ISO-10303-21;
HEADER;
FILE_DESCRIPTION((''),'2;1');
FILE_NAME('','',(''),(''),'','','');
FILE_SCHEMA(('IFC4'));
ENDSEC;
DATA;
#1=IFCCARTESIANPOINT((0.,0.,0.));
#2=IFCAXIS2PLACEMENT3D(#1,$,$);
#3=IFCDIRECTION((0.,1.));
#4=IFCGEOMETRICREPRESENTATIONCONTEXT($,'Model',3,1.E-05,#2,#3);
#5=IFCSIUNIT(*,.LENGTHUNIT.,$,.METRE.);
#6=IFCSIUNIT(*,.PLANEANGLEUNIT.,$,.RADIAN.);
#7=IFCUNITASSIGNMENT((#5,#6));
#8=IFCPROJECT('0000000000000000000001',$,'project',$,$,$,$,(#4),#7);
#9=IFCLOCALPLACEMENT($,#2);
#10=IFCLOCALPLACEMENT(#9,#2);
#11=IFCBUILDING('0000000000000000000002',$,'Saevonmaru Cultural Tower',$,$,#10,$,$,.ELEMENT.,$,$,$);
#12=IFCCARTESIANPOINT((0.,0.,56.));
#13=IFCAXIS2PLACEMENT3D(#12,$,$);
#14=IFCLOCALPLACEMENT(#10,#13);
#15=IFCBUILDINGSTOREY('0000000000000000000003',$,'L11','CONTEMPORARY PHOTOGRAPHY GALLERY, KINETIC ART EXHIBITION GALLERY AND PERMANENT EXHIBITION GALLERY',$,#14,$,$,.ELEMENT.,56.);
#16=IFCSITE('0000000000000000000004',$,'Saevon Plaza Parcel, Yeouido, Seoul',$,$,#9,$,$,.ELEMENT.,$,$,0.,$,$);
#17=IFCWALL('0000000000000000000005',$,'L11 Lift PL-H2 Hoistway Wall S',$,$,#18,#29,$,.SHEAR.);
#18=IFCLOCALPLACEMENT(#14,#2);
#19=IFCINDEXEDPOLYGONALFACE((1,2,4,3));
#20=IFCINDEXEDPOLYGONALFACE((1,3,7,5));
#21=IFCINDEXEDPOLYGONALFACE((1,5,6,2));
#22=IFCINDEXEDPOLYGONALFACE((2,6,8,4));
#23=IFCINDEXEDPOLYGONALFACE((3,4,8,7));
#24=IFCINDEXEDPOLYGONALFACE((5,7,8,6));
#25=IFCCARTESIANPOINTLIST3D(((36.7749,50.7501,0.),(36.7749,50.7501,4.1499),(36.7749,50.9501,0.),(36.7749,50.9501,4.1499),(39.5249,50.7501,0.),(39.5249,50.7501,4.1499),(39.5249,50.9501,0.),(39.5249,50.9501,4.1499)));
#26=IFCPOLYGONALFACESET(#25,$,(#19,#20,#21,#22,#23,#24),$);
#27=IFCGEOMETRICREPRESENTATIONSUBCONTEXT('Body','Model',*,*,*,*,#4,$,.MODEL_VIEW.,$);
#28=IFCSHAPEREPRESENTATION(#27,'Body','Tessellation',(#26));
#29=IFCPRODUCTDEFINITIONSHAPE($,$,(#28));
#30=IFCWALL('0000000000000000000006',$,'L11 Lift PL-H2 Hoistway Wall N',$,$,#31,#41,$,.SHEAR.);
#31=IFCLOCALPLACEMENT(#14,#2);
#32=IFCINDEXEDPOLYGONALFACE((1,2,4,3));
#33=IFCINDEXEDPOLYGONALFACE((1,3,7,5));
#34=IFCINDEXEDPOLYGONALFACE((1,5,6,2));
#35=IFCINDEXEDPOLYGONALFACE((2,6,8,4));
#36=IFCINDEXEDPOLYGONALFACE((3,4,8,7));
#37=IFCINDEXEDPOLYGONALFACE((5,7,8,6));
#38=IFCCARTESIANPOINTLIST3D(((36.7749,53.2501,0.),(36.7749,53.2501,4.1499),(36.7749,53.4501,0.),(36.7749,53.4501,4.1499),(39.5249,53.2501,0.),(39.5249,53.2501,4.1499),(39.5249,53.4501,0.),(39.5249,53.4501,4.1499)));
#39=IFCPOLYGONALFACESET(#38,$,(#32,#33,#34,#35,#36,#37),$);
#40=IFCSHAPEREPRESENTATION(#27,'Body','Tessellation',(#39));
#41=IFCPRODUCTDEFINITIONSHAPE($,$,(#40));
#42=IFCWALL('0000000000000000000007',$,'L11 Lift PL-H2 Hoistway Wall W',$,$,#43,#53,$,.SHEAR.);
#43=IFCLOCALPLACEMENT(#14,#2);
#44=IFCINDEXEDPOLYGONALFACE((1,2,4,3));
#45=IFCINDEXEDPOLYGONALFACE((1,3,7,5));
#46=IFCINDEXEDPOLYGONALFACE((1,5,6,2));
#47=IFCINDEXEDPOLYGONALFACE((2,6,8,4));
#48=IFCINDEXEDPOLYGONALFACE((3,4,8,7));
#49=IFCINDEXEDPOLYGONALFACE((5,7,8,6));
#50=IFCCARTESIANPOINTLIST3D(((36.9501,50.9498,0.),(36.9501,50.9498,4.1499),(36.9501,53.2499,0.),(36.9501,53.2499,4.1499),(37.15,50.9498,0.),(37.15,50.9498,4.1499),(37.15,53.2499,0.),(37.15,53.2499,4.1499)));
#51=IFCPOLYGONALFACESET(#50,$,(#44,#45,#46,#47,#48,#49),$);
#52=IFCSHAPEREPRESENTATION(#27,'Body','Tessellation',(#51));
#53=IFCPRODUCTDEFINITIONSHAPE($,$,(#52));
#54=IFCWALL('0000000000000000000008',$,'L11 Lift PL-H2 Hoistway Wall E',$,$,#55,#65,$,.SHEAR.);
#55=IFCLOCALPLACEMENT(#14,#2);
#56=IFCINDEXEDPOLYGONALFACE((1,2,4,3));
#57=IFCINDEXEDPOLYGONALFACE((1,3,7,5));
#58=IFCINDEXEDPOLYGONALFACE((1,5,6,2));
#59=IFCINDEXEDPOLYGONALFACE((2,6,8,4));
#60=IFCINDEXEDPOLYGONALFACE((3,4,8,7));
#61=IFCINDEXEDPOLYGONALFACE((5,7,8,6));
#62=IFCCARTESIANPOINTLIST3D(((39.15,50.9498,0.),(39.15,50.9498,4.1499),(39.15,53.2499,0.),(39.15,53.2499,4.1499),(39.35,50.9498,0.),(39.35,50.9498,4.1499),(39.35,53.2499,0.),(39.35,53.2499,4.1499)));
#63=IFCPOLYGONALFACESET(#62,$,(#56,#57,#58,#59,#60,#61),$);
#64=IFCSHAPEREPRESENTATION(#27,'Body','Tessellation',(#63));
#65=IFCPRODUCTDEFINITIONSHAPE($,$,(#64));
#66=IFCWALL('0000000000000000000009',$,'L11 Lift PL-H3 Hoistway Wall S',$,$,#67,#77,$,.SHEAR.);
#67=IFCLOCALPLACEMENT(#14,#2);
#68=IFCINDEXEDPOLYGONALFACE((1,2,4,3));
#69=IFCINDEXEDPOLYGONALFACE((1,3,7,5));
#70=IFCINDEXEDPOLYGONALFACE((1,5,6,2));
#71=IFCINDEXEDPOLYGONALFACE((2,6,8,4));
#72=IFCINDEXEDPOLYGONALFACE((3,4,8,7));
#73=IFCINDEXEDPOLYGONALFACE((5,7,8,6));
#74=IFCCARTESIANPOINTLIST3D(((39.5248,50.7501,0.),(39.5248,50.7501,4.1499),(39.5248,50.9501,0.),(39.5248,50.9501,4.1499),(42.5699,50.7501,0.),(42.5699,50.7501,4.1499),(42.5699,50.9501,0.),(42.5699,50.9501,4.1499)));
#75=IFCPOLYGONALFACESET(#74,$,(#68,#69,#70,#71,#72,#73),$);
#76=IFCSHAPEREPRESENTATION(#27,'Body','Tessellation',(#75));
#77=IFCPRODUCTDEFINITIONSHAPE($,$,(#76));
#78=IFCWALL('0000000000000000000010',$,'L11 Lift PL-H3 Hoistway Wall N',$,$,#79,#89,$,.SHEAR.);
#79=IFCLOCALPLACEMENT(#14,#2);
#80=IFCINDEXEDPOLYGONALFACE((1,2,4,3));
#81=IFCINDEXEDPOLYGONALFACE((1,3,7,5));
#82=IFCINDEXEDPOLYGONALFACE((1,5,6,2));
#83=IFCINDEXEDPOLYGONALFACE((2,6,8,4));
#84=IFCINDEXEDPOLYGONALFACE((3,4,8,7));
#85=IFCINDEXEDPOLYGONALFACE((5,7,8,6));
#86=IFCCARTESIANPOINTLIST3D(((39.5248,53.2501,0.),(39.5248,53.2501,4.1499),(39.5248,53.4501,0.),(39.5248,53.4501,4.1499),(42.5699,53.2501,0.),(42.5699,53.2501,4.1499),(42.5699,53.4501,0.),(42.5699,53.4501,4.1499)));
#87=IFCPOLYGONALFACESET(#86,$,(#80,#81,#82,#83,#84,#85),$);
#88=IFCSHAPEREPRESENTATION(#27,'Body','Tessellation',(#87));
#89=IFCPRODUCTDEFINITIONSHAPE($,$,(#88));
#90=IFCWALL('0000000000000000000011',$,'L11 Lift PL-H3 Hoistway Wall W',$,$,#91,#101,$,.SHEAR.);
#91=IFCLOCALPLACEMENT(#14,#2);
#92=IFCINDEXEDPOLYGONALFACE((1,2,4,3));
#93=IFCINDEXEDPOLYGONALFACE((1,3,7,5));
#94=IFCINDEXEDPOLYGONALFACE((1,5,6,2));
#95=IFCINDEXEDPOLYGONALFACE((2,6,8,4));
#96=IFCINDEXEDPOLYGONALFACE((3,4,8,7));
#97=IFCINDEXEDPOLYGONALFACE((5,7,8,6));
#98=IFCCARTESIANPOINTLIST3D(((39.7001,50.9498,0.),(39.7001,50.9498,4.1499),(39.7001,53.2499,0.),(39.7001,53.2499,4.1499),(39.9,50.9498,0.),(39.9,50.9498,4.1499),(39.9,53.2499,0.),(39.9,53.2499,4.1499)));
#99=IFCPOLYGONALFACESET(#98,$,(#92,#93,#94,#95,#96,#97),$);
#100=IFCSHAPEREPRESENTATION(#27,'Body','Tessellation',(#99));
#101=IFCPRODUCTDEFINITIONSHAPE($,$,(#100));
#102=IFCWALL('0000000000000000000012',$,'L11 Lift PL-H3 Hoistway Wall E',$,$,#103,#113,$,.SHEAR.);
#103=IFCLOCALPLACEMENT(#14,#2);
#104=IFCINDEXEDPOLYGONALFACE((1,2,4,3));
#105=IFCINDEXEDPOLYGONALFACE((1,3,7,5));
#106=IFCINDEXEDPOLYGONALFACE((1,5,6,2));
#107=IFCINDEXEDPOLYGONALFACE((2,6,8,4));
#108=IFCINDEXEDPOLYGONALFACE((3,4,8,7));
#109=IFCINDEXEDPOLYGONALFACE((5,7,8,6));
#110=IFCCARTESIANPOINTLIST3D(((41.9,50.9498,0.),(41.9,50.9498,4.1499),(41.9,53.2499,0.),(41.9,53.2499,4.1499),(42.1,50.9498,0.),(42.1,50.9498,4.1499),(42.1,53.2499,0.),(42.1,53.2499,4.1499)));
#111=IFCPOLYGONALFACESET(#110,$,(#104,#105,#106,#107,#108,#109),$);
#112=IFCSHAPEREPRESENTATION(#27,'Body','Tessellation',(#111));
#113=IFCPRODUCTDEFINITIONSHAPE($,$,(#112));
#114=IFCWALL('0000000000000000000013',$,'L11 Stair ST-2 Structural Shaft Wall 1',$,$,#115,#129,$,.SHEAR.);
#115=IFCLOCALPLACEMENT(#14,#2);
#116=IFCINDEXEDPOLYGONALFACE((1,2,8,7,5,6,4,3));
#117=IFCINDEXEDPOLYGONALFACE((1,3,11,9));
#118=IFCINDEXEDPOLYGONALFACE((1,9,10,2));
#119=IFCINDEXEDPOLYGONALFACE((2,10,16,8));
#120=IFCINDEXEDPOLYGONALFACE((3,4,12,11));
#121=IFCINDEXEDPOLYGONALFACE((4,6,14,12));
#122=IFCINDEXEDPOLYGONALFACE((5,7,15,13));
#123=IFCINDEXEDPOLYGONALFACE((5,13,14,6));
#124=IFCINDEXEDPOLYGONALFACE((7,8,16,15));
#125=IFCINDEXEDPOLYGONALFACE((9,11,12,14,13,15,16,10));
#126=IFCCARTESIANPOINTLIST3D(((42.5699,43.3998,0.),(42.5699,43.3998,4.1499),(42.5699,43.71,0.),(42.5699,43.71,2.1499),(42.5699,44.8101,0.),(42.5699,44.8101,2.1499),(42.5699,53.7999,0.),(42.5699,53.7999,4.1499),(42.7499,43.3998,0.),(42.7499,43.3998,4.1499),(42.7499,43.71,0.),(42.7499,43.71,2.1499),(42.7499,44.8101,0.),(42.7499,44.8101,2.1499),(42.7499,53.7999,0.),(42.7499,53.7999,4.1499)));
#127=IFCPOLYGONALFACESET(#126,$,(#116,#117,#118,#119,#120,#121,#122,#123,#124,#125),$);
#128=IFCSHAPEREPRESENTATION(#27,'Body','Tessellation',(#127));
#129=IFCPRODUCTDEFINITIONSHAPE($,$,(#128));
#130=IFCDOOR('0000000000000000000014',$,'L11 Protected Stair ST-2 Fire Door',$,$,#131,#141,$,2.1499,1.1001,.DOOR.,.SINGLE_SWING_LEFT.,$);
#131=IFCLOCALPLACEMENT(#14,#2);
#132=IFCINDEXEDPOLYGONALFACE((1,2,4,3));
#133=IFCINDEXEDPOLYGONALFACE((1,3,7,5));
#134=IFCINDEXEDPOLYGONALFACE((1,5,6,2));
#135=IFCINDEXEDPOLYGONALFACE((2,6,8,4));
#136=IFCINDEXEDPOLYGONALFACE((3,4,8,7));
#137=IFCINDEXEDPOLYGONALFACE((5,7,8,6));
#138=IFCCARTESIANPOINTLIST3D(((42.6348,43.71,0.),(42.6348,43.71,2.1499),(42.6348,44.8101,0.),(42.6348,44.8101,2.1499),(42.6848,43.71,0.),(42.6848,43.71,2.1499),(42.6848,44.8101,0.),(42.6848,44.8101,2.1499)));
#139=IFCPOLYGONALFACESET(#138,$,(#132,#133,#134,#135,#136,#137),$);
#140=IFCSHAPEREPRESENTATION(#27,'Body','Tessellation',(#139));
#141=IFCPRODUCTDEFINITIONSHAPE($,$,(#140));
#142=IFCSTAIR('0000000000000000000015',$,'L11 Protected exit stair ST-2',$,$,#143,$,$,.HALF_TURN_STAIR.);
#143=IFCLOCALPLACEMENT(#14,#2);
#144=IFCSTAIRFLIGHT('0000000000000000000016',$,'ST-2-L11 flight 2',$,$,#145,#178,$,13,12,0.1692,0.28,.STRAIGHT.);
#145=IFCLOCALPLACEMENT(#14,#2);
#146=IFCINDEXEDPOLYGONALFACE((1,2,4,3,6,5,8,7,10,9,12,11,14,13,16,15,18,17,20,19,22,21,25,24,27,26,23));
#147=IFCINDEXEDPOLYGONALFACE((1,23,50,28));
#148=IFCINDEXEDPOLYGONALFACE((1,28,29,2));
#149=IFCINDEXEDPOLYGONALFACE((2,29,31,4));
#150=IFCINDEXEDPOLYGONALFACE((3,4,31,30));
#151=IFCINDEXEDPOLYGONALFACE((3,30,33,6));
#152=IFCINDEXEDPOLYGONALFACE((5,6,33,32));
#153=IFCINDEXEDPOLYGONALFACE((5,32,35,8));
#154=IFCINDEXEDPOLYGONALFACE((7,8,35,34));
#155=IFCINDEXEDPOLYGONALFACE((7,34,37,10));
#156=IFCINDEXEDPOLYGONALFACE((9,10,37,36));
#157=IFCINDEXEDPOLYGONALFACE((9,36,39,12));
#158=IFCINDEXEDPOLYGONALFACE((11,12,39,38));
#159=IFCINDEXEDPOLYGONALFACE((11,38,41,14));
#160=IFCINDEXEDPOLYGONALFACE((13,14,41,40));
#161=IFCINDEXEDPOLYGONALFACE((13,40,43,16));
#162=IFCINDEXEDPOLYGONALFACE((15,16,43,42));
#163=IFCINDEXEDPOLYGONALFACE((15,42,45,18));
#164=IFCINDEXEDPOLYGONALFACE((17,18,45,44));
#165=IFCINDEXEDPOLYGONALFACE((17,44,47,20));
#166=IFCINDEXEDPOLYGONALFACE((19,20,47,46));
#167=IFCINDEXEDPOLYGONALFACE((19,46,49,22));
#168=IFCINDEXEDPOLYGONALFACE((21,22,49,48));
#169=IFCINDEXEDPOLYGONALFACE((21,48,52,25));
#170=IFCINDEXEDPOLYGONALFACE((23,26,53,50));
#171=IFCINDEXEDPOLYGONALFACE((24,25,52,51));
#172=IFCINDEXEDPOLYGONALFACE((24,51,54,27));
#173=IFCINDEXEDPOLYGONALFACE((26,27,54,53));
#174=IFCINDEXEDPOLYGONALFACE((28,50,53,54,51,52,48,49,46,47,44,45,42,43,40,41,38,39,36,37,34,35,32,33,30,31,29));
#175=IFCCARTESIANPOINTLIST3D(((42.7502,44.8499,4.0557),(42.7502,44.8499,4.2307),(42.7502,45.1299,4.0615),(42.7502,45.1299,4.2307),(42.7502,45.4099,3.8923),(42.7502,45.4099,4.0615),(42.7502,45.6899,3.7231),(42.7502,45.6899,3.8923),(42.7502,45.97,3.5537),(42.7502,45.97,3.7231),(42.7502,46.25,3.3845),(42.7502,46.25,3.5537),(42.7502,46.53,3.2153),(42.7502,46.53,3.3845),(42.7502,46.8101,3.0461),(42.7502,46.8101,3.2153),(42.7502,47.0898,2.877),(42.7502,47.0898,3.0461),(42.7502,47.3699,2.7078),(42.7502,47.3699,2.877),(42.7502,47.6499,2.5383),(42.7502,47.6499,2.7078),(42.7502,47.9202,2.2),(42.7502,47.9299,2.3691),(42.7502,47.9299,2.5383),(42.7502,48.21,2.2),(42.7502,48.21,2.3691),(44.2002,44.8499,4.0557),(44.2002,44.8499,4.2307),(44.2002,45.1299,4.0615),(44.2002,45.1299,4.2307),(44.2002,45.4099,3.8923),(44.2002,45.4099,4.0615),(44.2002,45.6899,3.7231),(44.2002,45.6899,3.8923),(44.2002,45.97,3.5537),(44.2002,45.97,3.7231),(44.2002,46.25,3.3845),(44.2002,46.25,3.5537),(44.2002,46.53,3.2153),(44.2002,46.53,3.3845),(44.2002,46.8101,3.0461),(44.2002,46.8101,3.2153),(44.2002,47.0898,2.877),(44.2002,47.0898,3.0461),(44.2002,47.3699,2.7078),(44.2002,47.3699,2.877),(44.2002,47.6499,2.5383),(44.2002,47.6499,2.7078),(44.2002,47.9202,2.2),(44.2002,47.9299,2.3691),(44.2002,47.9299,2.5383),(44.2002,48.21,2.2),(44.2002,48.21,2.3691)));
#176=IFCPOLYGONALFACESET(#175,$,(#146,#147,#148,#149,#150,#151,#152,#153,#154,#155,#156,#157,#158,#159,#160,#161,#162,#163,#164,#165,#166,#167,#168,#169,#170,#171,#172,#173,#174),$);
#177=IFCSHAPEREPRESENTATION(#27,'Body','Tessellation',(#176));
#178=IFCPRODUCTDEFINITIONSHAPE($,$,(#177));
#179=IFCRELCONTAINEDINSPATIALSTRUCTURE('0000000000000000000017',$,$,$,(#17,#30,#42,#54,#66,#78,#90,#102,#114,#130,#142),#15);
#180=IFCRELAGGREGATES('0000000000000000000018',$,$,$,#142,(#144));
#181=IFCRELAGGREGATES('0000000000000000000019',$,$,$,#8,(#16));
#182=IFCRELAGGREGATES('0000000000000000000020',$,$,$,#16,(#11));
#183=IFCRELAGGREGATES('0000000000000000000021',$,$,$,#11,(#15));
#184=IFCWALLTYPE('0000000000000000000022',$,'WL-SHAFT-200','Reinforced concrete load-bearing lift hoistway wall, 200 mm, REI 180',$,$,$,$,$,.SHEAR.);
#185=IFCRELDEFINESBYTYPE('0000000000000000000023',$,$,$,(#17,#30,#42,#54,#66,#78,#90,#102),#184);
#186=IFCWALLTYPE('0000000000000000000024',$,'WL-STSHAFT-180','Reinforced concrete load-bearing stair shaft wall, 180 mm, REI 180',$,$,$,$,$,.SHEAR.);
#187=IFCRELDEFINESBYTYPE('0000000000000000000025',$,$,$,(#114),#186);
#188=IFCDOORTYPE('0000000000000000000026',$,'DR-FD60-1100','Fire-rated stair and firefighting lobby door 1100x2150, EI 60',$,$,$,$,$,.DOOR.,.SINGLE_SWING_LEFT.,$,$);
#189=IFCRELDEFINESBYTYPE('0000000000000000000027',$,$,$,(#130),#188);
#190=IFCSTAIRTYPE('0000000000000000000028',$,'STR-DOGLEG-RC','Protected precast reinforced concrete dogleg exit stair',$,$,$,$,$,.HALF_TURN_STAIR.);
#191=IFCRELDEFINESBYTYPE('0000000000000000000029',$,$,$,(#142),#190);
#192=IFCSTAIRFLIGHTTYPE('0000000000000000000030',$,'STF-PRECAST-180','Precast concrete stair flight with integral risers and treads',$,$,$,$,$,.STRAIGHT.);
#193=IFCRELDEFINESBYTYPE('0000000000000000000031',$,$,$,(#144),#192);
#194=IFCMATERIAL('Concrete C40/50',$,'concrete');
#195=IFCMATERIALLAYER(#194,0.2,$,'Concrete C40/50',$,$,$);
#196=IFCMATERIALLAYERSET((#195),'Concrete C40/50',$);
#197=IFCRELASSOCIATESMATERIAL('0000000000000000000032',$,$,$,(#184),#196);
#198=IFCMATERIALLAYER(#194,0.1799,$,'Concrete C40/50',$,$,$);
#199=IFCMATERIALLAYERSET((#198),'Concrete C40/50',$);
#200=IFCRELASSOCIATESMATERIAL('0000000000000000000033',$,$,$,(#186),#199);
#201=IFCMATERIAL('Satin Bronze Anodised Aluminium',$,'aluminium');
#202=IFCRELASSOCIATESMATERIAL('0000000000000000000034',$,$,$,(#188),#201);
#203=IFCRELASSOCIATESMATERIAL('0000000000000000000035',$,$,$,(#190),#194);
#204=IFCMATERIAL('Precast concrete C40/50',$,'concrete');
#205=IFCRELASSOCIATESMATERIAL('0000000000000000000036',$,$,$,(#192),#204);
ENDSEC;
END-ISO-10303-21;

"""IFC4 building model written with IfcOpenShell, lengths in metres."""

from ifc_helpers import new_model, si_unit, direction, frame, frame_2d, origin, place, context, subcontext, project, spatial, polyline, rectangle, outline, extrude, material, layer, layer_set, type_object, element, fill, aggregate, save


model = new_model("IFC4")

# Units and contexts
model_context = context("Model", 3, precision=1e-05, world=origin(), true_north=direction((0.0, 1.0)))
body_context = subcontext(model_context, "Body", "Model", "MODEL_VIEW")
ifc_project = project(units=[si_unit("LENGTHUNIT", "METRE"), si_unit("PLANEANGLEUNIT", "RADIAN")], contexts=[model_context])

# Site, building, storey
site_placement = place(None, origin())
site = spatial("IfcSite", under=ifc_project, at=site_placement, Name="Saevon Plaza Parcel, Yeouido, Seoul", CompositionType="ELEMENT", RefElevation=0.0)
building_placement = place(site_placement, origin())
building = spatial("IfcBuilding", under=site, at=building_placement, Name="Saevonmaru Cultural Tower", CompositionType="ELEMENT")
storey_placement = place(building_placement, frame((0.0, 0.0, 56.0)))
storey = spatial("IfcBuildingStorey", under=building, at=storey_placement, Name="L11", Description="CONTEMPORARY PHOTOGRAPHY GALLERY, KINETIC ART EXHIBITION GALLERY AND PERMANENT EXHIBITION GALLERY", CompositionType="ELEMENT", Elevation=56.0)

# Shared definitions
ifc_material_1 = material(Name="Satin Bronze Anodised Aluminium", Category="aluminium")

# Shared definitions
ifc_material_2 = material(Name="Concrete C40/50", Category="concrete")
ifc_layer_1 = layer(ifc_material_2, 0.2, Name="Concrete C40/50")
ifc_layer_set_1 = layer_set([ifc_layer_1], Name="Concrete C40/50")
wall_type_1 = type_object("IfcWallType", Name="WL-SHAFT-200", Description="Reinforced concrete load-bearing lift hoistway wall, 200 mm, REI 180", PredefinedType="SHEAR", material=ifc_layer_set_1)

# Walls
for number, where, z_axis, x_axis, name in (
    (1, (36.7749, 50.8501, 0.0), (0.0, 0.0, 1.0), (1.0, 0.0, 0.0), "L11 Lift PL-H2 Hoistway Wall S"),
    (2, (36.7749, 53.3501, 0.0), (0.0, 0.0, 1.0), (1.0, 0.0, 0.0), "L11 Lift PL-H2 Hoistway Wall N"),
):
    element("IfcWall", number, at=place(storey_placement, frame(where, z_axis=z_axis, x_axis=x_axis)), inside=storey, type_object=wall_type_1, Name=name, PredefinedType="SHEAR", context=body_context, shape_type="SweptSolid", body=[
        extrude(rectangle(XDim=2.75, YDim=0.2, at=frame_2d((1.375, 0.0))), origin(), (0.0, 0.0, 1.0), 4.1499),
    ])
for number, where, z_axis, x_axis, name in (
    (3, (37.05, 50.95, 0.0), (0.0, 0.0, 1.0), (0.0, 1.0, 0.0), "L11 Lift PL-H2 Hoistway Wall W"),
    (4, (39.25, 50.95, 0.0), (0.0, 0.0, 1.0), (0.0, 1.0, 0.0), "L11 Lift PL-H2 Hoistway Wall E"),
):
    element("IfcWall", number, at=place(storey_placement, frame(where, z_axis=z_axis, x_axis=x_axis)), inside=storey, type_object=wall_type_1, Name=name, PredefinedType="SHEAR", context=body_context, shape_type="SweptSolid", body=[
        extrude(rectangle(XDim=2.3, YDim=0.2, at=frame_2d((1.1499, 0.0))), origin(), (0.0, 0.0, 1.0), 4.1499),
    ])
for number, where, z_axis, x_axis, name in (
    (5, (39.5249, 50.8501, 0.0), (0.0, 0.0, 1.0), (1.0, 0.0, 0.0), "L11 Lift PL-H3 Hoistway Wall S"),
    (6, (39.5249, 53.3501, 0.0), (0.0, 0.0, 1.0), (1.0, 0.0, 0.0), "L11 Lift PL-H3 Hoistway Wall N"),
):
    element("IfcWall", number, at=place(storey_placement, frame(where, z_axis=z_axis, x_axis=x_axis)), inside=storey, type_object=wall_type_1, Name=name, PredefinedType="SHEAR", context=body_context, shape_type="SweptSolid", body=[
        extrude(rectangle(XDim=3.0452, YDim=0.2, at=frame_2d((1.5225, 0.0))), origin(), (0.0, 0.0, 1.0), 4.1499),
    ])
for number, where, z_axis, x_axis, name in (
    (7, (39.8, 50.95, 0.0), (0.0, 0.0, 1.0), (0.0, 1.0, 0.0), "L11 Lift PL-H3 Hoistway Wall W"),
    (8, (42.0, 50.95, 0.0), (0.0, 0.0, 1.0), (0.0, 1.0, 0.0), "L11 Lift PL-H3 Hoistway Wall E"),
):
    element("IfcWall", number, at=place(storey_placement, frame(where, z_axis=z_axis, x_axis=x_axis)), inside=storey, type_object=wall_type_1, Name=name, PredefinedType="SHEAR", context=body_context, shape_type="SweptSolid", body=[
        extrude(rectangle(XDim=2.3, YDim=0.2, at=frame_2d((1.1499, 0.0))), origin(), (0.0, 0.0, 1.0), 4.1499),
    ])

# Wall, opening, door
ifc_layer_2 = layer(ifc_material_2, 0.1799, Name="Concrete C40/50")
ifc_layer_set_2 = layer_set([ifc_layer_2], Name="Concrete C40/50")
wall_type_2 = type_object("IfcWallType", Name="WL-STSHAFT-180", Description="Reinforced concrete load-bearing stair shaft wall, 180 mm, REI 180", PredefinedType="SHEAR", material=ifc_layer_set_2)
wall_1_placement = place(storey_placement, frame((42.6599, 53.8, 0.0), z_axis=(0.0, 0.0, 1.0), x_axis=(0.0, -1.0, 0.0)))
wall_1 = element("IfcWall", 9, at=wall_1_placement, inside=storey, type_object=wall_type_2, Name="L11 Stair ST-2 Structural Shaft Wall 1", PredefinedType="SHEAR", context=body_context, shape_type="SweptSolid", body=[
    extrude(rectangle(XDim=10.4001, YDim=0.1799, at=frame_2d((5.2002, 0.0))), origin(), (0.0, 0.0, 1.0), 4.1499),
])
opening_1_placement = place(wall_1_placement, frame((8.99, 0.0, 0.0)))
opening_1 = element("IfcOpeningElement", 10, at=opening_1_placement, cuts=wall_1, PredefinedType="OPENING", context=body_context, shape_type="SweptSolid", body=[
    extrude(rectangle(XDim=1.1001, YDim=2.1499, at=frame_2d((0.55, 1.075))), frame((0.0, 0.1001, 0.0), z_axis=(0.0, -1.0, 0.0), x_axis=(1.0, 0.0, 0.0)), (0.0, 0.0, 1.0), 0.2),
])
door_type_1 = type_object("IfcDoorType", Name="DR-FD60-1100", Description="Fire-rated stair and firefighting lobby door 1100x2150, EI 60", OperationType="SINGLE_SWING_LEFT", PredefinedType="DOOR", material=ifc_material_1)
door_1_placement = place(opening_1_placement, origin())
door_1 = element("IfcDoor", 11, at=door_1_placement, inside=storey, type_object=door_type_1, Name="L11 Protected Stair ST-2 Fire Door", OperationType="SINGLE_SWING_LEFT", OverallHeight=2.1499, OverallWidth=1.1001, PredefinedType="DOOR", context=body_context, shape_type="SweptSolid", body=[
    extrude(rectangle(XDim=1.1001, YDim=2.1499, at=frame_2d((0.55, 1.075))), frame((0.0, 0.0249, 0.0), z_axis=(0.0, -1.0, 0.0), x_axis=(1.0, 0.0, 0.0)), (0.0, 0.0, 1.0), 0.05),
])
fill(opening_1, door_1)

# Stair, stair flight
stair_type = type_object("IfcStairType", Name="STR-DOGLEG-RC", Description="Protected precast reinforced concrete dogleg exit stair", PredefinedType="HALF_TURN_STAIR", material=ifc_material_2)
stair_placement = place(storey_placement, origin())
stair = element("IfcStair", 12, at=stair_placement, inside=storey, type_object=stair_type, Name="L11 Protected exit stair ST-2", PredefinedType="HALF_TURN_STAIR")
ifc_material_3 = material(Name="Precast concrete C40/50", Category="concrete")
stair_flight_type = type_object("IfcStairFlightType", Name="STF-PRECAST-180", Description="Precast concrete stair flight with integral risers and treads", PredefinedType="STRAIGHT", material=ifc_material_3)
stair_flight_placement = place(storey_placement, frame((43.4751, 48.21, 2.2), z_axis=(0.0, 0.0, 1.0), x_axis=(0.0, -1.0, 0.0)))
stair_flight = element("IfcStairFlight", 13, at=stair_flight_placement, type_object=stair_flight_type, Name="ST-2-L11 flight 2", NumberOfRisers=13, NumberOfTreads=12, PredefinedType="STRAIGHT", RiserHeight=0.1692, TreadLength=0.28, context=body_context, shape_type="SweptSolid", body=[
    extrude(outline(polyline([(0.0, 0.0), (0.0, 0.1692), (0.28, 0.1692), (0.28, 0.3384), (0.5601, 0.3384), (0.5601, 0.5078), (0.8401, 0.5078), (0.8401, 0.677), (1.1201, 0.677), (1.1201, 0.8462), (1.3999, 0.8462), (1.3999, 1.0154), (1.6799, 1.0154), (1.6799, 1.1846), (1.96, 1.1846), (1.96, 1.3538), (2.24, 1.3538), (2.24, 1.5232), (2.52, 1.5232), (2.52, 1.6924), (2.8, 1.6924), (2.8, 1.8616), (3.0801, 1.8616), (3.0801, 2.0308), (3.3601, 2.0308), (3.3601, 2.2), (3.3601, 1.8557), (0.2898, 0.0), (0.0, 0.0)])), frame((0.0, 0.7251, 0.0), z_axis=(0.0, -1.0, 0.0), x_axis=(1.0, 0.0, 0.0)), (0.0, 0.0, 1.0), 1.45),
])
aggregate(stair, [stair_flight])

save(model, "model.ifc")
